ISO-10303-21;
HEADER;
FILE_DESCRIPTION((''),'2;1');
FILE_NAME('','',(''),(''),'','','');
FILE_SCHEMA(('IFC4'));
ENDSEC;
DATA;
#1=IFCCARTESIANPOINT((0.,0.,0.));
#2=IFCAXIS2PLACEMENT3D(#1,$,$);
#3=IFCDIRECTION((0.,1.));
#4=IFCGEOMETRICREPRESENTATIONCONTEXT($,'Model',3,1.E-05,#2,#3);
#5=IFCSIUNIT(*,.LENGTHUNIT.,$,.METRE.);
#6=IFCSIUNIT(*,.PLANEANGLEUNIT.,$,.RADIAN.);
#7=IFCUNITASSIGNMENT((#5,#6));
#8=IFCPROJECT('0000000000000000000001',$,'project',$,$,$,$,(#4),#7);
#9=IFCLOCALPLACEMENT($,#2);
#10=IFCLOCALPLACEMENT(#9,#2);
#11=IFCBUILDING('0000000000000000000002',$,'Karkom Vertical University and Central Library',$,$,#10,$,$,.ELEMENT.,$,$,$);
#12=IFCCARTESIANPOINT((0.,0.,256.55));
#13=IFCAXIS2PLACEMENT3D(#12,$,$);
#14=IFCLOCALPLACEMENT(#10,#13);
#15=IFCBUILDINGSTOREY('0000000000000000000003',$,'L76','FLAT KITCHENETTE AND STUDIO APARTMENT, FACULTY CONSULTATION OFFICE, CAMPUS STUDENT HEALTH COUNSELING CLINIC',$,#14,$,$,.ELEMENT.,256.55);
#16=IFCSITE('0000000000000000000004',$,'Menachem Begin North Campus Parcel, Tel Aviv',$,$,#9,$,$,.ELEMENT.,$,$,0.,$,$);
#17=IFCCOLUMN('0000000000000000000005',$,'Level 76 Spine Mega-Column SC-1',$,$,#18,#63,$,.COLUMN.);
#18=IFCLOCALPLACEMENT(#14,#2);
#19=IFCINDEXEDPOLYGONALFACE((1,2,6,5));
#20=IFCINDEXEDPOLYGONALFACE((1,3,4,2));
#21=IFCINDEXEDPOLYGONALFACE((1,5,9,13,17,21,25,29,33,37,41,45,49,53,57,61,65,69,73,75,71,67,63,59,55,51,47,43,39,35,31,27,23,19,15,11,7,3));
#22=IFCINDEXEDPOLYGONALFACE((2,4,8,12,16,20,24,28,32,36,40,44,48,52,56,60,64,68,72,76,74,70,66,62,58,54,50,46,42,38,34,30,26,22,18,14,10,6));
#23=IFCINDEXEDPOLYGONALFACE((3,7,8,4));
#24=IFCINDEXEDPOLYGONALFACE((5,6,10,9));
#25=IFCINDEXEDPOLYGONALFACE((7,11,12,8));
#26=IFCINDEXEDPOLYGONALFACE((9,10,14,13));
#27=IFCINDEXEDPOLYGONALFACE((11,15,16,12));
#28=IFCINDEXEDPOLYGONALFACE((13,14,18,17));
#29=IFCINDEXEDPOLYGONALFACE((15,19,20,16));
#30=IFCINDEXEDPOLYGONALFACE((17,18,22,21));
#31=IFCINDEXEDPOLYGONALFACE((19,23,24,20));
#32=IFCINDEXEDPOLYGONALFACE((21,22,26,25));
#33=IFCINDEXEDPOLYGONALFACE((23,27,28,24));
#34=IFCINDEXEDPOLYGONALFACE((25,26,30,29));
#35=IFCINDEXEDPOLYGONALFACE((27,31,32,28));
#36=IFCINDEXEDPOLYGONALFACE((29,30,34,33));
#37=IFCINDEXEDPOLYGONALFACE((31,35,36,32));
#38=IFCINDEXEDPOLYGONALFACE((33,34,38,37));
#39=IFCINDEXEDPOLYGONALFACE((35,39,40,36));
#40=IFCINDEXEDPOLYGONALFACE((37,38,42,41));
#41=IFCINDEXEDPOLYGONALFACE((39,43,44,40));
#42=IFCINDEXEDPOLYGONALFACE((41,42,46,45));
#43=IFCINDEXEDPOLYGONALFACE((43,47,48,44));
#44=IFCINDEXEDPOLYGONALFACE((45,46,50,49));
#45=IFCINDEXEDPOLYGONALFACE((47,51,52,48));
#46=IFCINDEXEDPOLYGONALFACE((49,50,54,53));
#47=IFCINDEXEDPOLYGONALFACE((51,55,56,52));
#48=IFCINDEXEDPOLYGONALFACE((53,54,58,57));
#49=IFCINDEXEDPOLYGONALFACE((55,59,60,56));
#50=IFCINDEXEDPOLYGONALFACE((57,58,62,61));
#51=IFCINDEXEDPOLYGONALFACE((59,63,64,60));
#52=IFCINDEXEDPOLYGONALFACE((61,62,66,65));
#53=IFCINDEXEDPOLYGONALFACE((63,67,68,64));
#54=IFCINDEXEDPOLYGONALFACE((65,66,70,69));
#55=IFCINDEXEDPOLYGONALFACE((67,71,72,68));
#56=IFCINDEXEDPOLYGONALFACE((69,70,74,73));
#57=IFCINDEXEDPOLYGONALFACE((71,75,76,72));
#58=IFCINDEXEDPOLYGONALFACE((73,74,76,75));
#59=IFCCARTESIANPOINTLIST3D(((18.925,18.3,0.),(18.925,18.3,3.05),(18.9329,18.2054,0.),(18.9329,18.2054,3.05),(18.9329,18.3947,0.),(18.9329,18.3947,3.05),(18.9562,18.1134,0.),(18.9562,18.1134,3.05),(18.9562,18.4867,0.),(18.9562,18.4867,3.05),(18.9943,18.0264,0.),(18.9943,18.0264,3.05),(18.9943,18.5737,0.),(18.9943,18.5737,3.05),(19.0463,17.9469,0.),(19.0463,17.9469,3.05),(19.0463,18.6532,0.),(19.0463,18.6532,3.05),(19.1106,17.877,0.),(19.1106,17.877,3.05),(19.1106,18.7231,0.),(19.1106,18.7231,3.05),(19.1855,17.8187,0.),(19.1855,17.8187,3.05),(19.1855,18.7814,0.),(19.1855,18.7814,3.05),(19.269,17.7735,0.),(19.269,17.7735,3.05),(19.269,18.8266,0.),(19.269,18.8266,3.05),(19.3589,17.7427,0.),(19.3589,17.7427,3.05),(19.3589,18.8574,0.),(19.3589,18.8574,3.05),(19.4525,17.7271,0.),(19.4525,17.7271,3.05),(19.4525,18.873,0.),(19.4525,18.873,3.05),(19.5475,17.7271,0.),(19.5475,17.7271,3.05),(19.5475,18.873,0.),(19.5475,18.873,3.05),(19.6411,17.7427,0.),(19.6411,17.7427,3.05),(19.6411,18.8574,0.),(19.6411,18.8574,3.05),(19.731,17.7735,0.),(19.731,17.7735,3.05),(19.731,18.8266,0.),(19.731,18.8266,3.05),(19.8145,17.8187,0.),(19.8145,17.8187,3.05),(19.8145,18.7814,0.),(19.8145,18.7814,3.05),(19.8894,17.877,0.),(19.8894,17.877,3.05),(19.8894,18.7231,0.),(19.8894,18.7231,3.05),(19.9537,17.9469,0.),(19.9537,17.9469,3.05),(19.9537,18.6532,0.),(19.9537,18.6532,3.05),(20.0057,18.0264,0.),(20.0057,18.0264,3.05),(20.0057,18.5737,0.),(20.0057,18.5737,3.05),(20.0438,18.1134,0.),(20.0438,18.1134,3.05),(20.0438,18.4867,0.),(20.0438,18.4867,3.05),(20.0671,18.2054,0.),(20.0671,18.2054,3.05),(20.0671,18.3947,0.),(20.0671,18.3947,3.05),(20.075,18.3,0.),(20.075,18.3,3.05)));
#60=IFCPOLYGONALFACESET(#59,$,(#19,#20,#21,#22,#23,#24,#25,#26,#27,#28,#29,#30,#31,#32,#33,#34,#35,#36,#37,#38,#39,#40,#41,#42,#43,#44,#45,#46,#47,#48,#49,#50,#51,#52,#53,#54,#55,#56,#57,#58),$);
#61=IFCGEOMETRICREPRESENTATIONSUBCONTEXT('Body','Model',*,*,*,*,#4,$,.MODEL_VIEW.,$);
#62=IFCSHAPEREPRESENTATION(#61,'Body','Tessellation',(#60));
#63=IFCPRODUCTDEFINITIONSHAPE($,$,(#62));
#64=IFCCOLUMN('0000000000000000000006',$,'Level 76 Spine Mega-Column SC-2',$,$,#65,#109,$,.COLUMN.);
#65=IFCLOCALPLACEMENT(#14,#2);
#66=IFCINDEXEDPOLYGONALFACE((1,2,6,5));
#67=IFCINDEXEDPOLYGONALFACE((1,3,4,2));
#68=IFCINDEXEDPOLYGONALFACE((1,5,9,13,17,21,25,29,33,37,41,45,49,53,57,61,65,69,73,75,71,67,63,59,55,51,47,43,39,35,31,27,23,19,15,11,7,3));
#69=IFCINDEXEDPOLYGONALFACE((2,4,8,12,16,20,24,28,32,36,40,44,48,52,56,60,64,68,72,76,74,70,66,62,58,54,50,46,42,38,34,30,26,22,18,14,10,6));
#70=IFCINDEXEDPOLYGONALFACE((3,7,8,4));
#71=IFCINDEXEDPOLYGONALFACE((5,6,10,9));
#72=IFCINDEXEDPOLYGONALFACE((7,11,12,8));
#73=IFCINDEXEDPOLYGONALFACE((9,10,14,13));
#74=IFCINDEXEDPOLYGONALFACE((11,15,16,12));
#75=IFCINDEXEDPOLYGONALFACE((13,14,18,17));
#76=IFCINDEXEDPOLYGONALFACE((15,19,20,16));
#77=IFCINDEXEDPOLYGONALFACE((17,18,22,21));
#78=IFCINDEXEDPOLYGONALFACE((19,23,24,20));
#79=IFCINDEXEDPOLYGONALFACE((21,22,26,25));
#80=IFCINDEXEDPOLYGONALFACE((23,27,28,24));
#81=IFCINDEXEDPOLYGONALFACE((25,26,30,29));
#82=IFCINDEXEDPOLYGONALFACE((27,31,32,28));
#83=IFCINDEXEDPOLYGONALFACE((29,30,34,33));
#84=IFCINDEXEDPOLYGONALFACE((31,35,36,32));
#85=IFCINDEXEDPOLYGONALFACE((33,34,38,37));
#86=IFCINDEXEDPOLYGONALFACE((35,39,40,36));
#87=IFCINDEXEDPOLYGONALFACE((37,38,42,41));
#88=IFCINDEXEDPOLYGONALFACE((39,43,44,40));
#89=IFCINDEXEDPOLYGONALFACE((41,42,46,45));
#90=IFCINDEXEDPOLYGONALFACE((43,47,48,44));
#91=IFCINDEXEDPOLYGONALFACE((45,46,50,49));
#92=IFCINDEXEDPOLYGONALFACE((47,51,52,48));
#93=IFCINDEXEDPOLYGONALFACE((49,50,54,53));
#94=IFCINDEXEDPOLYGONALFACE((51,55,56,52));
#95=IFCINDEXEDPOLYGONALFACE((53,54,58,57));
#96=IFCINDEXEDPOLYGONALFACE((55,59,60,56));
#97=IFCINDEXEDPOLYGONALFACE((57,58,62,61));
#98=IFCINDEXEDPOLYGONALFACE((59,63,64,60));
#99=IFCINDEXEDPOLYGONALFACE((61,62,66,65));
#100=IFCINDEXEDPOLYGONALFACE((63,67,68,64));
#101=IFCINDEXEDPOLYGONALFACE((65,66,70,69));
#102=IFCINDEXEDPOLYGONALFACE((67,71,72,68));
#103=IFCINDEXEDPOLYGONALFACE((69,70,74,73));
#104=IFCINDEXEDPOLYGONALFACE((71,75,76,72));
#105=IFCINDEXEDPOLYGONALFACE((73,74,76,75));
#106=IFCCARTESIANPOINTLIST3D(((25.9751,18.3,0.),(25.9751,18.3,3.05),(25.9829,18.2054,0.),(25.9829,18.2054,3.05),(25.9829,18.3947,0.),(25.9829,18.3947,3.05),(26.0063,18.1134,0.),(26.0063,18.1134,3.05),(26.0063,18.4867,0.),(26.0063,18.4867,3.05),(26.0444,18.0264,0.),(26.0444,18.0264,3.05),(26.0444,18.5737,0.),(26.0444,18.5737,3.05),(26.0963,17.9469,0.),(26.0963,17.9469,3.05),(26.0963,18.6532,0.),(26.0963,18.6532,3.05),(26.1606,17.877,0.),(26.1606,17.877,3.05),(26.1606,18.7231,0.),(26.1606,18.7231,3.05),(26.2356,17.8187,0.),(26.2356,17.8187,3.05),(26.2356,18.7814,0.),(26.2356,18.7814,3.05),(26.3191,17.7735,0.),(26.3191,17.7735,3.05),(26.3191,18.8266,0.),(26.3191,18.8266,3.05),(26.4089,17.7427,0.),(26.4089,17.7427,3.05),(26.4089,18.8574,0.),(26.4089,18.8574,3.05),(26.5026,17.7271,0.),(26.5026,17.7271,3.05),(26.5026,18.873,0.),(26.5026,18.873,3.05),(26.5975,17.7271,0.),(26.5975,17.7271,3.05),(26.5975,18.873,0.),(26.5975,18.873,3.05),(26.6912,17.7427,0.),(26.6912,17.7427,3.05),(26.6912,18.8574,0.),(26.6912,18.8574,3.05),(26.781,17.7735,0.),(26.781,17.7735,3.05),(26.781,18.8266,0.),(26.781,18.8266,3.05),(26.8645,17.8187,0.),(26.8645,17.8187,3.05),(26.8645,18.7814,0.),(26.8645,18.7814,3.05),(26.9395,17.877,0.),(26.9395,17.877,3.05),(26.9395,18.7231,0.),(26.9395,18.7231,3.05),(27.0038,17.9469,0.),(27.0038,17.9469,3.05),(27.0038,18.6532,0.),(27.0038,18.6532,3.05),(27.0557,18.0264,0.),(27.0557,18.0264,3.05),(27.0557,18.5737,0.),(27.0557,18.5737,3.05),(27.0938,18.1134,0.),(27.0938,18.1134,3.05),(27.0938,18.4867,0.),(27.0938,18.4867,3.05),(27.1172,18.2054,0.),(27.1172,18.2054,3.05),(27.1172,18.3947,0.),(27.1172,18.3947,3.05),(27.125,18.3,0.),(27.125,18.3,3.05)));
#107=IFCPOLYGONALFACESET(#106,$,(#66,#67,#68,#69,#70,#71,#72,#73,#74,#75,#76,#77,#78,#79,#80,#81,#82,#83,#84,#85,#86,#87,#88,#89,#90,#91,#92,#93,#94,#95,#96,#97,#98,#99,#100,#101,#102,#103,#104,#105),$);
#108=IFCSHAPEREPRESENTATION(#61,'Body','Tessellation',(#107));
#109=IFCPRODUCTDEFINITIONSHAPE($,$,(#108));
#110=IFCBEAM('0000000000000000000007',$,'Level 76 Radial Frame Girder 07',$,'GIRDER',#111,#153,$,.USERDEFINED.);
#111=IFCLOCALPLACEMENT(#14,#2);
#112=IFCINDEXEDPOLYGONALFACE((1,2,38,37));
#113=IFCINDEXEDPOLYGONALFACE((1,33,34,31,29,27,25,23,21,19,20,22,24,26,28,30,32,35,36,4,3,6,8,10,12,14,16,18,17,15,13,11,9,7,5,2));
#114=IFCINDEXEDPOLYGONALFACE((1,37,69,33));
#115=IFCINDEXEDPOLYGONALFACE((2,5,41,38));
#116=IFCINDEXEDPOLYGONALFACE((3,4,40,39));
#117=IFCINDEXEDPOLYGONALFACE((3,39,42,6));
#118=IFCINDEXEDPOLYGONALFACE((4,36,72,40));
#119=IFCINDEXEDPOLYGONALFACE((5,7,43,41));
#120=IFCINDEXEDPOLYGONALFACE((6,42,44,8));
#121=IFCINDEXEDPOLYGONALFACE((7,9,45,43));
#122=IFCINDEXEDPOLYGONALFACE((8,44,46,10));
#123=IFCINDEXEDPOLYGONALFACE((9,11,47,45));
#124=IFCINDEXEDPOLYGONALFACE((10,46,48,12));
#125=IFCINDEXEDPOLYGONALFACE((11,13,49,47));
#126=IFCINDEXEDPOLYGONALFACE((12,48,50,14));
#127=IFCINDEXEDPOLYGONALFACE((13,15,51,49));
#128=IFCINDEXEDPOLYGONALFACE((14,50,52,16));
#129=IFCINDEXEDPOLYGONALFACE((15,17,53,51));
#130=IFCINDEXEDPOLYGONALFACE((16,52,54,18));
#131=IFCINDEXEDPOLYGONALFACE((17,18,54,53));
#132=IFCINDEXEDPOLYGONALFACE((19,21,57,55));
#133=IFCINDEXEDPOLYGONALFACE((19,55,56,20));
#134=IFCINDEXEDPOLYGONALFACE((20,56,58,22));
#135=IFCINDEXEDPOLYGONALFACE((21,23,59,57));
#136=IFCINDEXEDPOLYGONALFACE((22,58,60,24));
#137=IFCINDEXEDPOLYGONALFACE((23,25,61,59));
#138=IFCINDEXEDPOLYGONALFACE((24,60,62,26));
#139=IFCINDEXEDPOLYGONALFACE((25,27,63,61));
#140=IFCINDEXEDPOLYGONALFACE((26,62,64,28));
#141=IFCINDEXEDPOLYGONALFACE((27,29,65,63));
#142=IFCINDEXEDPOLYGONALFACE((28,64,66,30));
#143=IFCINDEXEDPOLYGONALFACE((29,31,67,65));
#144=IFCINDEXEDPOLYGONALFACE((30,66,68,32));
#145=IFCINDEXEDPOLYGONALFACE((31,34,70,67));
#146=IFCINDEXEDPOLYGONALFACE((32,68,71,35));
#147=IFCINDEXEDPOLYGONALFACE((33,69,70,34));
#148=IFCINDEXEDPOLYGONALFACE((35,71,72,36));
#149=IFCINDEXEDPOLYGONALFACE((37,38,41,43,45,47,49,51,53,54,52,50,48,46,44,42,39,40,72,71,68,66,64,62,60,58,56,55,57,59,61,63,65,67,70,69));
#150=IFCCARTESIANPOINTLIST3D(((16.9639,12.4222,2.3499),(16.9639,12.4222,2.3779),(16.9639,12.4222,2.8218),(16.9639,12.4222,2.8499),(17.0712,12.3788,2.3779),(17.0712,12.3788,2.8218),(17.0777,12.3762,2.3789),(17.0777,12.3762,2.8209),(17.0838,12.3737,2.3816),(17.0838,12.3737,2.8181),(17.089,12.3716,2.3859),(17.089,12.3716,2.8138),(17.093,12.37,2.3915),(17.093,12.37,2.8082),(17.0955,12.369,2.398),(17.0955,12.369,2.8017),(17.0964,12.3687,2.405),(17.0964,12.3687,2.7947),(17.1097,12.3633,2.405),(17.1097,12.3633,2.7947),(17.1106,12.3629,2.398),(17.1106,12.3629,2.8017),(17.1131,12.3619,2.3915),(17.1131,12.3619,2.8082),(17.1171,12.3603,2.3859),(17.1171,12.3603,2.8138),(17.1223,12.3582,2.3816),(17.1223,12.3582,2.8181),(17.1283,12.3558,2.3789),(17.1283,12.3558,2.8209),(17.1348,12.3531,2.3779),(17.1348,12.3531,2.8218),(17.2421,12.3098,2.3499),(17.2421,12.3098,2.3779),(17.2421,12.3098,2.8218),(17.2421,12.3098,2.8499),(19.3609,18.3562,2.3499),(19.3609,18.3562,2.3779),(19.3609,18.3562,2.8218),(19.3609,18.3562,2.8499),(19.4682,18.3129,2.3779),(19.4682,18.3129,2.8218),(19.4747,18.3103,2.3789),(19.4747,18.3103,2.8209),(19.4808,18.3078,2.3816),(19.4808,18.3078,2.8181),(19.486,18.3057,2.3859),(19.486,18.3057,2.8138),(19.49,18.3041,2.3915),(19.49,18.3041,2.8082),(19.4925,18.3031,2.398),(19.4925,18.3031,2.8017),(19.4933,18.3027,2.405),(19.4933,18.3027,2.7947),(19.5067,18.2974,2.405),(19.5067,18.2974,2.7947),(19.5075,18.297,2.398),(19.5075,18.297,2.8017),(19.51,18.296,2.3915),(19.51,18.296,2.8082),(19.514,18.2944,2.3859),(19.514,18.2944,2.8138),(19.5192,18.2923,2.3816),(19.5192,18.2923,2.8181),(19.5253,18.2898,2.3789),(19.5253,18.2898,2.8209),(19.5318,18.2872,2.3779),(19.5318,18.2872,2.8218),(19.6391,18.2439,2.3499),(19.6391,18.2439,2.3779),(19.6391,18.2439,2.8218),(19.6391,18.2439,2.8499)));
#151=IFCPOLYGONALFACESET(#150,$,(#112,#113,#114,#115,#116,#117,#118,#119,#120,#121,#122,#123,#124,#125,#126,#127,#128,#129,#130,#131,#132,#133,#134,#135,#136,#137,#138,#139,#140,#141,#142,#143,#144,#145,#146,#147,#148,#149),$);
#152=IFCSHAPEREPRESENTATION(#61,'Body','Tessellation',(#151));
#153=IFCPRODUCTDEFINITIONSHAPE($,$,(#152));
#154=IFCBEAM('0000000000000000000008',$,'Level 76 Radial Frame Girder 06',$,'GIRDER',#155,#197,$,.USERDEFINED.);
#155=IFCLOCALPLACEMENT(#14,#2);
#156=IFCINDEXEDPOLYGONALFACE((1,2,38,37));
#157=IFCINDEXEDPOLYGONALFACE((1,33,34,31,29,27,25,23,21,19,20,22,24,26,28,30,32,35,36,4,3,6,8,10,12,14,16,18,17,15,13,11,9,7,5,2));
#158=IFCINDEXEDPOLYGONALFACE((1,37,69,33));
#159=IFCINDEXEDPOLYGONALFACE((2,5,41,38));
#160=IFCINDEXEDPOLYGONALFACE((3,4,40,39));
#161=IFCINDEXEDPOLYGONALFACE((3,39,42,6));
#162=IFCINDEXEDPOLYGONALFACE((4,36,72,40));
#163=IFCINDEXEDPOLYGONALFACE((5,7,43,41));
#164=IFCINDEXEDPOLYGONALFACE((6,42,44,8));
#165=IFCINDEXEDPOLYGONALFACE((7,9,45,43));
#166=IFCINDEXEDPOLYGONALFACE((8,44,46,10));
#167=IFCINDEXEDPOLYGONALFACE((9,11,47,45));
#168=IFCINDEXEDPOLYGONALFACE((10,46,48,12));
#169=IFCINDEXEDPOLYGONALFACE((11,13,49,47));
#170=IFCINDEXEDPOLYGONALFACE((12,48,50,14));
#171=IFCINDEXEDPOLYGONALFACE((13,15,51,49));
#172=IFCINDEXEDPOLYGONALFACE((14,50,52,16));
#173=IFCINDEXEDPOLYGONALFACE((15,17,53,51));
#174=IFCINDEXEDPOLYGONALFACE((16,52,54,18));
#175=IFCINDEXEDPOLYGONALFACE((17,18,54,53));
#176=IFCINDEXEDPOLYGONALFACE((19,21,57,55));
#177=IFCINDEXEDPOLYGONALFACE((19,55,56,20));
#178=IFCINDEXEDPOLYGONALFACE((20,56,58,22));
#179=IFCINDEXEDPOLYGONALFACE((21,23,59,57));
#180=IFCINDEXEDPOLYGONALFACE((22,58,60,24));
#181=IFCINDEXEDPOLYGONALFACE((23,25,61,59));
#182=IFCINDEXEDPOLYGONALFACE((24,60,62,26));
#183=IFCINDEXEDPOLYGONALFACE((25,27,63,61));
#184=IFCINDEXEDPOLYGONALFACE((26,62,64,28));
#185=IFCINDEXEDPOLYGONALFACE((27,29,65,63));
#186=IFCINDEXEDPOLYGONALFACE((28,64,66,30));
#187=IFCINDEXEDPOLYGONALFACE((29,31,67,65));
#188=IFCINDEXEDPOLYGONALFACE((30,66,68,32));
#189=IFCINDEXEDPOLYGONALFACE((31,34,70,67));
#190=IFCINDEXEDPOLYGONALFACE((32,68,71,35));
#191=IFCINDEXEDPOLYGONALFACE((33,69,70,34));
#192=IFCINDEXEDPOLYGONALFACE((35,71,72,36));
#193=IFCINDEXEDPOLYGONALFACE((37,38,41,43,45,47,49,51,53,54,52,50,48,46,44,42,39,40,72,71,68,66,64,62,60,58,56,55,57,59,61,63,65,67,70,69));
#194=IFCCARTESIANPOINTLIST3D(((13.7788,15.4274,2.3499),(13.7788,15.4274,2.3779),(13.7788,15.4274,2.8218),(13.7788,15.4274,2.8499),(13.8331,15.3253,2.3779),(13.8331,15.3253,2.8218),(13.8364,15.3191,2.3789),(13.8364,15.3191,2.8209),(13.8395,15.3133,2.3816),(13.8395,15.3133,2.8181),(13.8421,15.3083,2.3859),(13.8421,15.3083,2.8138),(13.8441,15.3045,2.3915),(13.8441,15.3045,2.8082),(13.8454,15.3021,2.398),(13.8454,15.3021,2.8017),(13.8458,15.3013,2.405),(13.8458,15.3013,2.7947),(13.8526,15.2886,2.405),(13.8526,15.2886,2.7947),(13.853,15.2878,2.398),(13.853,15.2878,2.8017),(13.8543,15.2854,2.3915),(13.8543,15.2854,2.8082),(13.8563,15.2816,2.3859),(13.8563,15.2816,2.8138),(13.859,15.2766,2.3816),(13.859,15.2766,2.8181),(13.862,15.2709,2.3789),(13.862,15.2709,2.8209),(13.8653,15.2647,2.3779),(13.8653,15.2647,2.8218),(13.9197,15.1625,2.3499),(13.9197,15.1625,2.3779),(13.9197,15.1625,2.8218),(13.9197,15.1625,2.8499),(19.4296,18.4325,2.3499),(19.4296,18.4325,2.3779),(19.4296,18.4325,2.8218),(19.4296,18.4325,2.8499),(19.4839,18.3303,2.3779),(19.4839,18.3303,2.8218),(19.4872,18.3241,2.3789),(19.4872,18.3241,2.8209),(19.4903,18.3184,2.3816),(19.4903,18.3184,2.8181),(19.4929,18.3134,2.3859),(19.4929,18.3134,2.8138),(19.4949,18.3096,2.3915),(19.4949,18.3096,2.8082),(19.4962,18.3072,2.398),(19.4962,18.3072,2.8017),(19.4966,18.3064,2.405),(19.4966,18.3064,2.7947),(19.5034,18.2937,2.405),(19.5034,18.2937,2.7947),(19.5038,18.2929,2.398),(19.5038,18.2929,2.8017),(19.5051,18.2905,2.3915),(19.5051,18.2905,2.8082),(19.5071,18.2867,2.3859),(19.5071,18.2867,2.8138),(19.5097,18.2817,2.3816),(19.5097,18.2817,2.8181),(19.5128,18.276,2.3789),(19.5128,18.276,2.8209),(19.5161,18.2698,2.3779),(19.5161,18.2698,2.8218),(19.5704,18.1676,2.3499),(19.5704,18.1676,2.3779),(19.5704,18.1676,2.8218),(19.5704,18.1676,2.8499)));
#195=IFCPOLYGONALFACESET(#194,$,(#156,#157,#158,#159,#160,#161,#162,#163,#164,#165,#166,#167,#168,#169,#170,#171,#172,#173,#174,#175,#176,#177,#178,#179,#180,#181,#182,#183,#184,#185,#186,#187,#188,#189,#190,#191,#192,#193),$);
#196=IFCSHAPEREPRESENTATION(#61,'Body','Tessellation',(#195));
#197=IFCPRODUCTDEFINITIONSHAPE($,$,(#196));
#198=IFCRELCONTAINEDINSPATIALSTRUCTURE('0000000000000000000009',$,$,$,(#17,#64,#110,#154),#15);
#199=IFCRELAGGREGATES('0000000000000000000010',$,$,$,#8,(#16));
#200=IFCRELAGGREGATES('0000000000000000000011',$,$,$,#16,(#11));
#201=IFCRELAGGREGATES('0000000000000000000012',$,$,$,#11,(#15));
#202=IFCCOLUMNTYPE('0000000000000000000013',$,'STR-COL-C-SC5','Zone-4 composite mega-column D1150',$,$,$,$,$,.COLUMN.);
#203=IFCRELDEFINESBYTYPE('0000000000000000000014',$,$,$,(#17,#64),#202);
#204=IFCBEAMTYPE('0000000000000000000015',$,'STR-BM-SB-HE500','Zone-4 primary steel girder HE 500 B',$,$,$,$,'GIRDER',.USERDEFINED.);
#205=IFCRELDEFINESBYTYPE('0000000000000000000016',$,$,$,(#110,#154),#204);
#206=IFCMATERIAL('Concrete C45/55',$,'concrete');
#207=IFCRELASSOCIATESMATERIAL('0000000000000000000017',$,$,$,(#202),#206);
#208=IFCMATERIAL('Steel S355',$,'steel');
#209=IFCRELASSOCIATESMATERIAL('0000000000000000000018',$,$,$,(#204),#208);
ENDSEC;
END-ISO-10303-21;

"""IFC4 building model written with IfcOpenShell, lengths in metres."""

from ifc_helpers import new_model, si_unit, direction, frame, origin, origin_with_axes, origin_2d, place, context, subcontext, project, spatial, circle, i_section, extrude, source, transform, mapped, material, material_profile, profile_set, type_object, element, save


model = new_model("IFC4")

# Units and contexts
model_context = context("Model", 3, precision=1e-05, world=origin(), true_north=direction((0.0, 1.0)))
body_context = subcontext(model_context, "Body", "Model", "MODEL_VIEW")
ifc_project = project(units=[si_unit("LENGTHUNIT", "METRE"), si_unit("PLANEANGLEUNIT", "RADIAN")], contexts=[model_context])

# Site, building, storey
site_placement = place(None, origin())
site = spatial("IfcSite", under=ifc_project, at=site_placement, Name="Menachem Begin North Campus Parcel, Tel Aviv", CompositionType="ELEMENT", RefElevation=0.0)
building_placement = place(site_placement, origin())
building = spatial("IfcBuilding", under=site, at=building_placement, Name="Karkom Vertical University and Central Library", CompositionType="ELEMENT")
storey_placement = place(building_placement, frame((0.0, 0.0, 256.55)))
storey = spatial("IfcBuildingStorey", under=building, at=storey_placement, Name="L76", Description="FLAT KITCHENETTE AND STUDIO APARTMENT, FACULTY CONSULTATION OFFICE, CAMPUS STUDENT HEALTH COUNSELING CLINIC", CompositionType="ELEMENT", Elevation=256.55)

# Columns
ifc_material_1 = material(Name="Concrete C45/55", Category="concrete")
ifc_material_profile_1 = material_profile(ifc_material_1, circle(Radius=0.575, at=origin_2d()), Name="CFT-D1150")
ifc_profile_set_1 = profile_set([ifc_material_profile_1], Name="Concrete C45/55")
column_type = type_object("IfcColumnType", Name="STR-COL-C-SC5", Description="Zone-4 composite mega-column D1150", PredefinedType="COLUMN", material=ifc_profile_set_1)
shared_shape_1 = source(origin_with_axes(), body_context, "Body", "SweptSolid", [
    extrude(circle(Radius=0.575, at=origin_2d()), origin(), (0.0, 0.0, 1.0), 3.05),
])
for number, where, z_axis, x_axis, name in (
    (1, (19.5, 18.3, 0.0), (0.0, 0.0, 1.0), (1.0, 0.0, 0.0), "Level 76 Spine Mega-Column SC-1"),
    (2, (26.55, 18.3, 0.0), (0.0, 0.0, 1.0), (1.0, 0.0, 0.0), "Level 76 Spine Mega-Column SC-2"),
):
    element("IfcColumn", number, at=place(storey_placement, frame(where, z_axis=z_axis, x_axis=x_axis)), inside=storey, type_object=column_type, Name=name, PredefinedType="COLUMN", context=body_context, shape_type="MappedRepresentation", body=[
        mapped(shared_shape_1, transform((0.0, 0.0, 0.0), scale=1.0)),
    ])

# Beams
ifc_material_2 = material(Name="Steel S355", Category="steel")
ifc_material_profile_2 = material_profile(ifc_material_2, i_section(OverallWidth=0.3, OverallDepth=0.5, WebThickness=0.0144, FlangeThickness=0.0281, FilletRadius=0.0271, at=origin_2d()), Name="HE 500 B")
ifc_profile_set_2 = profile_set([ifc_material_profile_2], Name="Steel S355")
beam_type = type_object("IfcBeamType", Name="STR-BM-SB-HE500", Description="Zone-4 primary steel girder HE 500 B", ElementType="GIRDER", PredefinedType="USERDEFINED", material=ifc_profile_set_2)
shared_shape_2 = source(origin_with_axes(), body_context, "Body", "SweptSolid", [
    extrude(i_section(OverallWidth=0.3, OverallDepth=0.5, WebThickness=0.0144, FlangeThickness=0.0281, FilletRadius=0.0271, at=origin_2d()), origin(), (0.0, 0.0, 1.0), 6.3999),
])
beam_1_placement = place(storey_placement, frame((19.5, 18.3, 2.5999), z_axis=(-0.374532, -0.927214, 0.0), x_axis=(0.927214, -0.374532, 0.0)))
element("IfcBeam", 3, at=beam_1_placement, inside=storey, type_object=beam_type, Name="Level 76 Radial Frame Girder 07", ObjectType="GIRDER", PredefinedType="USERDEFINED", context=body_context, shape_type="MappedRepresentation", body=[
    mapped(shared_shape_2, transform((0.0, 0.0, 0.0), scale=1.0)),
])
shared_shape_3 = source(origin_with_axes(), body_context, "Body", "SweptSolid", [
    extrude(i_section(OverallWidth=0.3, OverallDepth=0.5, WebThickness=0.0144, FlangeThickness=0.0281, FilletRadius=0.0271, at=origin_2d()), origin(), (0.0, 0.0, 1.0), 6.4001),
])
beam_2_placement = place(storey_placement, frame((19.5, 18.3, 2.5999), z_axis=(-0.882915, -0.469533, 0.0), x_axis=(0.469533, -0.882915, 0.0)))
element("IfcBeam", 4, at=beam_2_placement, inside=storey, type_object=beam_type, Name="Level 76 Radial Frame Girder 06", ObjectType="GIRDER", PredefinedType="USERDEFINED", context=body_context, shape_type="MappedRepresentation", body=[
    mapped(shared_shape_3, transform((0.0, 0.0, 0.0), scale=1.0)),
])

save(model, "model.ifc")
